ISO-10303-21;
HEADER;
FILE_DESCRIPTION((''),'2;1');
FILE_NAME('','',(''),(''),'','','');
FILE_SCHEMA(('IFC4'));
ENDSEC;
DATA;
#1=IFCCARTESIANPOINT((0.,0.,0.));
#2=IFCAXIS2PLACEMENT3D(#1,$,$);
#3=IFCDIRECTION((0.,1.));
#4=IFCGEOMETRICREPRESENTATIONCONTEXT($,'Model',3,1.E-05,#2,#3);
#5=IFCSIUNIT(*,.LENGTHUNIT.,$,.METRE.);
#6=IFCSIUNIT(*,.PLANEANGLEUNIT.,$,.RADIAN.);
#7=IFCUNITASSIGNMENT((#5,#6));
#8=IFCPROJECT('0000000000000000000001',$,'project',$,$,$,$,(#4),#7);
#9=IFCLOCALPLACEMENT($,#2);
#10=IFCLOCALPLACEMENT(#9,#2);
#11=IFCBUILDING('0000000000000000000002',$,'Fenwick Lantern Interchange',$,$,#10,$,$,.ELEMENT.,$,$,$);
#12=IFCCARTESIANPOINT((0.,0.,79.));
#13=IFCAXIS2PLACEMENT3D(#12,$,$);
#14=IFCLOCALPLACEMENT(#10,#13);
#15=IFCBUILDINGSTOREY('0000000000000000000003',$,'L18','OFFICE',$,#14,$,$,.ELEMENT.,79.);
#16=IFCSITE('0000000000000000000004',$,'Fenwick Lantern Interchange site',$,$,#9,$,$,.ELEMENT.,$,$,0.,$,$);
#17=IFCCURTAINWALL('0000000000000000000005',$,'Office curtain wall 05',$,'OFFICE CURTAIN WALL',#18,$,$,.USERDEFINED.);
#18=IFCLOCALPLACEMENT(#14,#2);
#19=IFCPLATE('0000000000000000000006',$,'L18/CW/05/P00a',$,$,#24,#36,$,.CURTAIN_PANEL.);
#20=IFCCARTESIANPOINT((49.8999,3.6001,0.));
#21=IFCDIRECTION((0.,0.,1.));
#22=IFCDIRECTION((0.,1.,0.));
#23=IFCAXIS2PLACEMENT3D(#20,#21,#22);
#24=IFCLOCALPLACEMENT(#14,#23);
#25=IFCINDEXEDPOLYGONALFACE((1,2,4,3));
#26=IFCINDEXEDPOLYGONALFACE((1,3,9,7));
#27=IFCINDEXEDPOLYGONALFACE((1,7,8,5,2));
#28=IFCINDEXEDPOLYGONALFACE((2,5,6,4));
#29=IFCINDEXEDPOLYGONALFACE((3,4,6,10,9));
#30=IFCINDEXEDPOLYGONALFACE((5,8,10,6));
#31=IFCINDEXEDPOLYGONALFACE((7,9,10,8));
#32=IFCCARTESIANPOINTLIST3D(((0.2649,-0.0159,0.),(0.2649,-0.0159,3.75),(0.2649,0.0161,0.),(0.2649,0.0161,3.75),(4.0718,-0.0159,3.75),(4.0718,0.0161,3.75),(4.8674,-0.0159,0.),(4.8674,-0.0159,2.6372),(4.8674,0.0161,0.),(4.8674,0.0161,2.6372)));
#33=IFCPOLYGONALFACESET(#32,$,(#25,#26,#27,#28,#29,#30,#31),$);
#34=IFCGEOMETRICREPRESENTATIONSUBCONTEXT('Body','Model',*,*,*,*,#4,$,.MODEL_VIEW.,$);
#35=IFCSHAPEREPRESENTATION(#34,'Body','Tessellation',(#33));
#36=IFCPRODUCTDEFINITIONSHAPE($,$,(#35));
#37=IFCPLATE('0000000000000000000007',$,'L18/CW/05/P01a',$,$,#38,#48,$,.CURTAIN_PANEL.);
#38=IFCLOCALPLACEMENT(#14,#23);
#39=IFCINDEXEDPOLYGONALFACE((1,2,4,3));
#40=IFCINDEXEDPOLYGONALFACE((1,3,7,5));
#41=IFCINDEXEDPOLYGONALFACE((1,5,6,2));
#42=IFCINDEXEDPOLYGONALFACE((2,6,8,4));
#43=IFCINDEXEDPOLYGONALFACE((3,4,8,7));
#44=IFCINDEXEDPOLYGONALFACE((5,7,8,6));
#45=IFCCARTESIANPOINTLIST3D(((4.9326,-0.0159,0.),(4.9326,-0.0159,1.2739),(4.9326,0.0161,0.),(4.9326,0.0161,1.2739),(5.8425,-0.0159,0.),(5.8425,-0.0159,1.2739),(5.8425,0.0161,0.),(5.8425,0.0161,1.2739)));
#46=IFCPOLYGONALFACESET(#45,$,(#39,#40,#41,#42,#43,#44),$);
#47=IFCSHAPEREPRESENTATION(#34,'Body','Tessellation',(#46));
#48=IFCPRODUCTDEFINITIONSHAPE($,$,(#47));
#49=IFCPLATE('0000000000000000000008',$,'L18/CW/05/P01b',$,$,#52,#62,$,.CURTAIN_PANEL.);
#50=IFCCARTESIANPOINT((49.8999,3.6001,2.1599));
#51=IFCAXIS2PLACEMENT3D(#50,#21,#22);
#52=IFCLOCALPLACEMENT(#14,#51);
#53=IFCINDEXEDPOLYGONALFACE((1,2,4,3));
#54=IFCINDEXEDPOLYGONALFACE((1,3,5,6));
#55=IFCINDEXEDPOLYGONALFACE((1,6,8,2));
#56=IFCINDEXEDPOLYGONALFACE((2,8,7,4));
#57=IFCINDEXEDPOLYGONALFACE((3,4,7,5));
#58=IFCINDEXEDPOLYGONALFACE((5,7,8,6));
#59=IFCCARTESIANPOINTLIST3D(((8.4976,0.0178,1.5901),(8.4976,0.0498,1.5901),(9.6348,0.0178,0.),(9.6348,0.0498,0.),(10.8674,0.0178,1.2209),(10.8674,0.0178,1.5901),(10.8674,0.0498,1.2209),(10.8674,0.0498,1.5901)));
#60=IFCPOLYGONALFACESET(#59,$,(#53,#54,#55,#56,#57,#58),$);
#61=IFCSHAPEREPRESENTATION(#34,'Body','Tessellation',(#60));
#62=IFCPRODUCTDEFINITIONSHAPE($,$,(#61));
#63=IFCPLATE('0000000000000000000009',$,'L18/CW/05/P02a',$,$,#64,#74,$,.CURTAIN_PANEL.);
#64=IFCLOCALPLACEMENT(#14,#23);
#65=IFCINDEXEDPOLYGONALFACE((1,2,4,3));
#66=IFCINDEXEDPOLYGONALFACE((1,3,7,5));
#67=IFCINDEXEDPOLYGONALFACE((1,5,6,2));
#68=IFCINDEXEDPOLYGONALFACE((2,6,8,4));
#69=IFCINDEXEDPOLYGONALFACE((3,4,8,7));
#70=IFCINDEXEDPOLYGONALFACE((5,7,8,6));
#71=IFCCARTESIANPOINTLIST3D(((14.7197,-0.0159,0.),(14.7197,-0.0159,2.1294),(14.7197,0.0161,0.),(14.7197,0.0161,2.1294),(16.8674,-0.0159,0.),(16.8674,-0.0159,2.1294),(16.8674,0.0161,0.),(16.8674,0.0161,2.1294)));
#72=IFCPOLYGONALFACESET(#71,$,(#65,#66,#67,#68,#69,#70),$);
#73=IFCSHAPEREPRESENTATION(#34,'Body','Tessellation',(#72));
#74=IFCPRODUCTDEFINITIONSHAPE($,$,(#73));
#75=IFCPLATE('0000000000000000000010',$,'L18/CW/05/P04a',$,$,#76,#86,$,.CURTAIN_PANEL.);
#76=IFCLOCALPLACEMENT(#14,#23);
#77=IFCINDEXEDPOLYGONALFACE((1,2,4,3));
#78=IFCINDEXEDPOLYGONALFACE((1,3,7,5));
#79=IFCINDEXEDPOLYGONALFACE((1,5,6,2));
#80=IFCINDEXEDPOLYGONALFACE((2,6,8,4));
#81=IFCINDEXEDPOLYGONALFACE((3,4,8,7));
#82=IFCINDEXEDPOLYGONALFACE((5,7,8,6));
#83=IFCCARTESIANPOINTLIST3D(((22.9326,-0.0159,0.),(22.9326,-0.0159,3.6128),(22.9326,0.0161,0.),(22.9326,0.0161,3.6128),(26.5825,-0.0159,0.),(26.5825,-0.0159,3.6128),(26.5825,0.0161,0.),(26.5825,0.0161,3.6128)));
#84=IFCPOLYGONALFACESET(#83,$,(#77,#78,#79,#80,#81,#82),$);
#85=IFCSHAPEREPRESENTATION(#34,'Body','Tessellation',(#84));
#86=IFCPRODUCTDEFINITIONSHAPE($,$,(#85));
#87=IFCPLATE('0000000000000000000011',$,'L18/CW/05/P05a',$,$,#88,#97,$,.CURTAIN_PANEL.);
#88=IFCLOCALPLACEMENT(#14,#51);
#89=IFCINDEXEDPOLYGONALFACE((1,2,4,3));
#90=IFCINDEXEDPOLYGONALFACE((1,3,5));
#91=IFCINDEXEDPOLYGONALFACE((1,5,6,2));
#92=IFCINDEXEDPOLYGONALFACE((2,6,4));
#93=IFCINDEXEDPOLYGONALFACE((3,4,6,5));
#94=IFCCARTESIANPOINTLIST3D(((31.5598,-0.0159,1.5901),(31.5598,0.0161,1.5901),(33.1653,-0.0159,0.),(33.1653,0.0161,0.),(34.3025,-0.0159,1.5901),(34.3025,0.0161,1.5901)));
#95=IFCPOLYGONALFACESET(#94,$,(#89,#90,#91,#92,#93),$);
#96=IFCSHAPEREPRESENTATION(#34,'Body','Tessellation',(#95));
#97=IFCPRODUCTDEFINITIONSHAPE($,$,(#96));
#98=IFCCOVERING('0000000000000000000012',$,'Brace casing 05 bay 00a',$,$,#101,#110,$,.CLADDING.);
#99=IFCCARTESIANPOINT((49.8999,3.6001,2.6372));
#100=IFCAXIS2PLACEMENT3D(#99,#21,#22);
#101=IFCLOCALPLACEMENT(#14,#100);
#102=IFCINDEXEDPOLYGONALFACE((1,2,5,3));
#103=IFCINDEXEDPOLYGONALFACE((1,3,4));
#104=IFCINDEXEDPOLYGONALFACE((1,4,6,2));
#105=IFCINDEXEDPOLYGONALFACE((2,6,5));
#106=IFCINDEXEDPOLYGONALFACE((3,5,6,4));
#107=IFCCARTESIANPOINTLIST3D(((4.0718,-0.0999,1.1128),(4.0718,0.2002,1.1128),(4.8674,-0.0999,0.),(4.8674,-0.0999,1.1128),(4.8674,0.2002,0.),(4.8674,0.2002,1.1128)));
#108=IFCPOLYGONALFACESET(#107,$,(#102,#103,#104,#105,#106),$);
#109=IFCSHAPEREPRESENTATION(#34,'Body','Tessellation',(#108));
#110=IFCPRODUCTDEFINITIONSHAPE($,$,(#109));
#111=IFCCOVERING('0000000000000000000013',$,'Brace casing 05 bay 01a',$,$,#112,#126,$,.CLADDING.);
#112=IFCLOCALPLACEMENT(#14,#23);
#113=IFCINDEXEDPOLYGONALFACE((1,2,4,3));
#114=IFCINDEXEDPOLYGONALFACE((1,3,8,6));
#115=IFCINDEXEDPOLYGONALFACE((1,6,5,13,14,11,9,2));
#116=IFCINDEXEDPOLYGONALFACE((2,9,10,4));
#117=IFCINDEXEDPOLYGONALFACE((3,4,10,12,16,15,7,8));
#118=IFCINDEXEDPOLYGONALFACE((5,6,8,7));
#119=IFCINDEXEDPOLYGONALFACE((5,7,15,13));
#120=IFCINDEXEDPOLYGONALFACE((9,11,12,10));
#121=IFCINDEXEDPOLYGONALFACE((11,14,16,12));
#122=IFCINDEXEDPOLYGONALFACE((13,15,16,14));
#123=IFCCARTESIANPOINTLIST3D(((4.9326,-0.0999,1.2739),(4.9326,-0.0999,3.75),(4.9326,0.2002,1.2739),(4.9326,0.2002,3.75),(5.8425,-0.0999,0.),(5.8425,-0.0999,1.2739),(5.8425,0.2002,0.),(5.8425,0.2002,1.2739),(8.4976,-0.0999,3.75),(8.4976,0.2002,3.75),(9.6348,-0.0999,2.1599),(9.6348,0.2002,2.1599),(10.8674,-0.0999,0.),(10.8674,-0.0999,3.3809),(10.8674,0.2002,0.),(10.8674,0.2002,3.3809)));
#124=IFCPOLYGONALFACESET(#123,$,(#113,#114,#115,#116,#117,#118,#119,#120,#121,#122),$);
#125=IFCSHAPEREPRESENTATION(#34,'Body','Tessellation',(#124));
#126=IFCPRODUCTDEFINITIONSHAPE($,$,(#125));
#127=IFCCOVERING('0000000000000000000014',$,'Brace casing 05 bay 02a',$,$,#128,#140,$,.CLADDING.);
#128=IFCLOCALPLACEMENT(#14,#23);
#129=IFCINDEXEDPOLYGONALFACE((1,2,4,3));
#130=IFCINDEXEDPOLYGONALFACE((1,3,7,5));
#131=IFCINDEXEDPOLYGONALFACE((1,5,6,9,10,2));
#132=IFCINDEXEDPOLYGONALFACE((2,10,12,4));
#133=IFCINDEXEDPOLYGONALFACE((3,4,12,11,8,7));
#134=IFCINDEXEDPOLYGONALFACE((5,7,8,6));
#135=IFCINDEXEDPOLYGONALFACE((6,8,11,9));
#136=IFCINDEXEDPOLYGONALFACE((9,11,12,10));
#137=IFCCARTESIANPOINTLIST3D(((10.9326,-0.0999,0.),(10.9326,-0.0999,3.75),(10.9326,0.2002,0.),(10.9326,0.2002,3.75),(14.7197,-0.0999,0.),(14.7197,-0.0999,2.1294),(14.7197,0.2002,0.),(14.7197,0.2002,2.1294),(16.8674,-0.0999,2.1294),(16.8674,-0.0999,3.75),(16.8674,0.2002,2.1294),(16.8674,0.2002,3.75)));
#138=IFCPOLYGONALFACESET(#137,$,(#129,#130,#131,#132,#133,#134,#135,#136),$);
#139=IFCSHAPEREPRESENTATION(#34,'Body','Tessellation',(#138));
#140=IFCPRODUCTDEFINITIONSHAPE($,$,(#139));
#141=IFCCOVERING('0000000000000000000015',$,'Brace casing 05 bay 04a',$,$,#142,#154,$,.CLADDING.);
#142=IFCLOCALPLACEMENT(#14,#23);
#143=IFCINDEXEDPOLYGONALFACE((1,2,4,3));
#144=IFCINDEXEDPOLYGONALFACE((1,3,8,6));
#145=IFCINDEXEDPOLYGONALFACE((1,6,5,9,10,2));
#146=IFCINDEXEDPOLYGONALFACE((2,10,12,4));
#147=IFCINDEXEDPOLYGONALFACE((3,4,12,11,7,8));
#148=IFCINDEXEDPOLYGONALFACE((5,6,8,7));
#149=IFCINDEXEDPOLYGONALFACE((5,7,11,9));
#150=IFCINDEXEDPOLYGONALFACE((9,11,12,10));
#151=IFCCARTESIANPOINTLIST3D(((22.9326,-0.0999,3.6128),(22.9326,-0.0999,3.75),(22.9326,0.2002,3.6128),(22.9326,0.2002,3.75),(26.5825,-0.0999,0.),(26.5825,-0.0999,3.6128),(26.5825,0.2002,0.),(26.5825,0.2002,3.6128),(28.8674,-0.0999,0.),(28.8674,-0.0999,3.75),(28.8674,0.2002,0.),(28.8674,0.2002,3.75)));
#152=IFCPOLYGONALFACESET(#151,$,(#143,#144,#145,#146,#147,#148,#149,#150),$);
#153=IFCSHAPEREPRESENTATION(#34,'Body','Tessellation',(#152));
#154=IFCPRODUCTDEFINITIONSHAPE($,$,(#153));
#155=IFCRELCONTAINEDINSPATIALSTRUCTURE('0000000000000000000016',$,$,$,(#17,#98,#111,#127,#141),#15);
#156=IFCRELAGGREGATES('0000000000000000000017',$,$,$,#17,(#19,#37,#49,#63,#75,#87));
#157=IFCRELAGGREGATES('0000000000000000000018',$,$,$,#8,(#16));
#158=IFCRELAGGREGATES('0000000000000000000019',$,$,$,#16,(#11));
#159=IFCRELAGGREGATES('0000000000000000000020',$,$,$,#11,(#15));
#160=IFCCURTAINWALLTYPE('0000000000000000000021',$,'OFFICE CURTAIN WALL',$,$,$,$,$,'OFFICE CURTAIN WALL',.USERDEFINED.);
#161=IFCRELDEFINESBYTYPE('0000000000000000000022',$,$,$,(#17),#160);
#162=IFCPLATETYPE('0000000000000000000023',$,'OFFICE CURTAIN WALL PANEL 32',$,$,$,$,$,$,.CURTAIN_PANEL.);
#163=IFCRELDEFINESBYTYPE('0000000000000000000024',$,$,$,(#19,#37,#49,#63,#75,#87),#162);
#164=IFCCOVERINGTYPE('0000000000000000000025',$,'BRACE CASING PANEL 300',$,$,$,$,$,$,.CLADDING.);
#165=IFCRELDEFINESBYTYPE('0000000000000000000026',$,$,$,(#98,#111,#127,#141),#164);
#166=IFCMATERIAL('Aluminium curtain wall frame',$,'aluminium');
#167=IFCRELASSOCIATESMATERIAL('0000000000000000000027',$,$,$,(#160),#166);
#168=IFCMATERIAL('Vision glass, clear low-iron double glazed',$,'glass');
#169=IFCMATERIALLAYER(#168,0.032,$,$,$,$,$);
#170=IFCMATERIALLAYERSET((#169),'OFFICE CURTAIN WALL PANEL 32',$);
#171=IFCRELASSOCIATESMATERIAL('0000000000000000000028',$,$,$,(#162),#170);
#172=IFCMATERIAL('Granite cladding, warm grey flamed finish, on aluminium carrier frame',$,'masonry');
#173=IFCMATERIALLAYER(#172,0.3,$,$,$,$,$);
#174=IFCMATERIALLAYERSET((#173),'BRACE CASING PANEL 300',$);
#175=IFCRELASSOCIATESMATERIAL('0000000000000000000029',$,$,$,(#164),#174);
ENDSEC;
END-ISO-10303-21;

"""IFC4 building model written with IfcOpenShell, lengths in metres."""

from ifc_helpers import new_model, si_unit, direction, frame, origin, place, context, subcontext, project, spatial, polyline, outline, extrude, material, layer, layer_set, type_object, element, aggregate, save


model = new_model("IFC4")

# Units and contexts
model_context = context("Model", 3, precision=1e-05, world=origin(), true_north=direction((0.0, 1.0)))
body_context = subcontext(model_context, "Body", "Model", "MODEL_VIEW")
ifc_project = project(units=[si_unit("LENGTHUNIT", "METRE"), si_unit("PLANEANGLEUNIT", "RADIAN")], contexts=[model_context])

# Site, building, storey
site_placement = place(None, origin())
site = spatial("IfcSite", under=ifc_project, at=site_placement, Name="Fenwick Lantern Interchange site", CompositionType="ELEMENT", RefElevation=0.0)
building_placement = place(site_placement, origin())
building = spatial("IfcBuilding", under=site, at=building_placement, Name="Fenwick Lantern Interchange", CompositionType="ELEMENT")
storey_placement = place(building_placement, frame((0.0, 0.0, 79.0)))
storey = spatial("IfcBuildingStorey", under=building, at=storey_placement, Name="L18", Description="OFFICE", CompositionType="ELEMENT", Elevation=79.0)

# Shared definitions
ifc_material_1 = material(Name="Aluminium curtain wall frame", Category="aluminium")
curtain_wall_type = type_object("IfcCurtainWallType", Name="OFFICE CURTAIN WALL", ElementType="OFFICE CURTAIN WALL", PredefinedType="USERDEFINED", material=ifc_material_1)

# Shared definitions
ifc_material_2 = material(Name="Vision glass, clear low-iron double glazed", Category="glass")
ifc_layer_1 = layer(ifc_material_2, 0.032)
ifc_layer_set_1 = layer_set([ifc_layer_1], Name="OFFICE CURTAIN WALL PANEL 32")
plate_type = type_object("IfcPlateType", Name="OFFICE CURTAIN WALL PANEL 32", PredefinedType="CURTAIN_PANEL", material=ifc_layer_set_1)

# Curtain wall, plates
curtain_wall_1_placement = place(storey_placement, origin())
curtain_wall_1 = element("IfcCurtainWall", 1, at=curtain_wall_1_placement, inside=storey, type_object=curtain_wall_type, Name="Office curtain wall 05", ObjectType="OFFICE CURTAIN WALL", PredefinedType="USERDEFINED")
plate_1_placement = place(storey_placement, frame((49.8999, 3.6001, 0.0), z_axis=(0.0, 0.0, 1.0), x_axis=(0.0, 1.0, 0.0)))
plate_1 = element("IfcPlate", 2, at=plate_1_placement, type_object=plate_type, Name="L18/CW/05/P00a", PredefinedType="CURTAIN_PANEL", context=body_context, shape_type="SweptSolid", body=[
    extrude(outline(polyline([(0.2649, 0.0), (4.8674, 0.0), (4.8674, 2.6372), (4.0718, 3.75), (0.2649, 3.75), (0.2649, 0.0)])), frame((0.0, 0.0161, 0.0), z_axis=(0.0, -1.0, 0.0), x_axis=(1.0, 0.0, 0.0)), (0.0, 0.0, 1.0), 0.032),
])
plate_2_placement = place(storey_placement, frame((49.8999, 3.6001, 0.0), z_axis=(0.0, 0.0, 1.0), x_axis=(0.0, 1.0, 0.0)))
plate_2 = element("IfcPlate", 3, at=plate_2_placement, type_object=plate_type, Name="L18/CW/05/P01a", PredefinedType="CURTAIN_PANEL", context=body_context, shape_type="SweptSolid", body=[
    extrude(outline(polyline([(4.9326, 0.0), (5.8425, 0.0), (5.8425, 1.2739), (4.9326, 1.2739), (4.9326, 0.0)])), frame((0.0, 0.0161, 0.0), z_axis=(0.0, -1.0, 0.0), x_axis=(1.0, 0.0, 0.0)), (0.0, 0.0, 1.0), 0.032),
])
plate_3_placement = place(storey_placement, frame((49.8999, 3.6001, 2.1599), z_axis=(0.0, 0.0, 1.0), x_axis=(0.0, 1.0, 0.0)))
plate_3 = element("IfcPlate", 4, at=plate_3_placement, type_object=plate_type, Name="L18/CW/05/P01b", PredefinedType="CURTAIN_PANEL", context=body_context, shape_type="SweptSolid", body=[
    extrude(outline(polyline([(9.6348, 0.0), (10.8674, 1.2209), (10.8674, 1.5901), (8.4976, 1.5901), (9.6348, 0.0)])), frame((0.0, 0.0498, 0.0), z_axis=(0.0, -1.0, 0.0), x_axis=(1.0, 0.0, 0.0)), (0.0, 0.0, 1.0), 0.032),
])
plate_4_placement = place(storey_placement, frame((49.8999, 3.6001, 0.0), z_axis=(0.0, 0.0, 1.0), x_axis=(0.0, 1.0, 0.0)))
plate_4 = element("IfcPlate", 5, at=plate_4_placement, type_object=plate_type, Name="L18/CW/05/P02a", PredefinedType="CURTAIN_PANEL", context=body_context, shape_type="SweptSolid", body=[
    extrude(outline(polyline([(14.7197, 0.0), (16.8674, 0.0), (16.8674, 2.1294), (14.7197, 2.1294), (14.7197, 0.0)])), frame((0.0, 0.0161, 0.0), z_axis=(0.0, -1.0, 0.0), x_axis=(1.0, 0.0, 0.0)), (0.0, 0.0, 1.0), 0.032),
])
plate_5_placement = place(storey_placement, frame((49.8999, 3.6001, 0.0), z_axis=(0.0, 0.0, 1.0), x_axis=(0.0, 1.0, 0.0)))
plate_5 = element("IfcPlate", 6, at=plate_5_placement, type_object=plate_type, Name="L18/CW/05/P04a", PredefinedType="CURTAIN_PANEL", context=body_context, shape_type="SweptSolid", body=[
    extrude(outline(polyline([(22.9326, 0.0), (26.5825, 0.0), (26.5825, 3.6128), (22.9326, 3.6128), (22.9326, 0.0)])), frame((0.0, 0.0161, 0.0), z_axis=(0.0, -1.0, 0.0), x_axis=(1.0, 0.0, 0.0)), (0.0, 0.0, 1.0), 0.032),
])
plate_6_placement = place(storey_placement, frame((49.8999, 3.6001, 2.1599), z_axis=(0.0, 0.0, 1.0), x_axis=(0.0, 1.0, 0.0)))
plate_6 = element("IfcPlate", 7, at=plate_6_placement, type_object=plate_type, Name="L18/CW/05/P05a", PredefinedType="CURTAIN_PANEL", context=body_context, shape_type="SweptSolid", body=[
    extrude(outline(polyline([(33.1653, 0.0), (34.3025, 1.5901), (31.5598, 1.5901), (33.1653, 0.0)])), frame((0.0, 0.0161, 0.0), z_axis=(0.0, -1.0, 0.0), x_axis=(1.0, 0.0, 0.0)), (0.0, 0.0, 1.0), 0.032),
])
aggregate(curtain_wall_1, [plate_1, plate_2, plate_3, plate_4, plate_5, plate_6])

# Coverings
ifc_material_3 = material(Name="Granite cladding, warm grey flamed finish, on aluminium carrier frame", Category="masonry")
ifc_layer_2 = layer(ifc_material_3, 0.3)
ifc_layer_set_2 = layer_set([ifc_layer_2], Name="BRACE CASING PANEL 300")
covering_type = type_object("IfcCoveringType", Name="BRACE CASING PANEL 300", PredefinedType="CLADDING", material=ifc_layer_set_2)
covering_1_placement = place(storey_placement, frame((49.8999, 3.6001, 2.6372), z_axis=(0.0, 0.0, 1.0), x_axis=(0.0, 1.0, 0.0)))
element("IfcCovering", 8, at=covering_1_placement, inside=storey, type_object=covering_type, Name="Brace casing 05 bay 00a", PredefinedType="CLADDING", context=body_context, shape_type="SweptSolid", body=[
    extrude(outline(polyline([(4.8674, 0.0), (4.8674, 1.1128), (4.0718, 1.1128), (4.8674, 0.0)])), frame((0.0, 0.2002, 0.0), z_axis=(0.0, -1.0, 0.0), x_axis=(1.0, 0.0, 0.0)), (0.0, 0.0, 1.0), 0.3),
])
covering_2_placement = place(storey_placement, frame((49.8999, 3.6001, 0.0), z_axis=(0.0, 0.0, 1.0), x_axis=(0.0, 1.0, 0.0)))
element("IfcCovering", 9, at=covering_2_placement, inside=storey, type_object=covering_type, Name="Brace casing 05 bay 01a", PredefinedType="CLADDING", context=body_context, shape_type="SweptSolid", body=[
    extrude(outline(polyline([(5.8425, 0.0), (10.8674, 0.0), (10.8674, 3.3809), (9.6348, 2.1599), (8.4976, 3.75), (4.9326, 3.75), (4.9326, 1.2739), (5.8425, 1.2739), (5.8425, 0.0)])), frame((0.0, 0.2002, 0.0), z_axis=(0.0, -1.0, 0.0), x_axis=(1.0, 0.0, 0.0)), (0.0, 0.0, 1.0), 0.3),
])
covering_3_placement = place(storey_placement, frame((49.8999, 3.6001, 0.0), z_axis=(0.0, 0.0, 1.0), x_axis=(0.0, 1.0, 0.0)))
element("IfcCovering", 10, at=covering_3_placement, inside=storey, type_object=covering_type, Name="Brace casing 05 bay 02a", PredefinedType="CLADDING", context=body_context, shape_type="SweptSolid", body=[
    extrude(outline(polyline([(10.9326, 0.0), (14.7197, 0.0), (14.7197, 2.1294), (16.8674, 2.1294), (16.8674, 3.75), (10.9326, 3.75), (10.9326, 0.0)])), frame((0.0, 0.2002, 0.0), z_axis=(0.0, -1.0, 0.0), x_axis=(1.0, 0.0, 0.0)), (0.0, 0.0, 1.0), 0.3),
])
covering_4_placement = place(storey_placement, frame((49.8999, 3.6001, 0.0), z_axis=(0.0, 0.0, 1.0), x_axis=(0.0, 1.0, 0.0)))
element("IfcCovering", 11, at=covering_4_placement, inside=storey, type_object=covering_type, Name="Brace casing 05 bay 04a", PredefinedType="CLADDING", context=body_context, shape_type="SweptSolid", body=[
    extrude(outline(polyline([(26.5825, 0.0), (28.8674, 0.0), (28.8674, 3.75), (22.9326, 3.75), (22.9326, 3.6128), (26.5825, 3.6128), (26.5825, 0.0)])), frame((0.0, 0.2002, 0.0), z_axis=(0.0, -1.0, 0.0), x_axis=(1.0, 0.0, 0.0)), (0.0, 0.0, 1.0), 0.3),
])

save(model, "model.ifc")
